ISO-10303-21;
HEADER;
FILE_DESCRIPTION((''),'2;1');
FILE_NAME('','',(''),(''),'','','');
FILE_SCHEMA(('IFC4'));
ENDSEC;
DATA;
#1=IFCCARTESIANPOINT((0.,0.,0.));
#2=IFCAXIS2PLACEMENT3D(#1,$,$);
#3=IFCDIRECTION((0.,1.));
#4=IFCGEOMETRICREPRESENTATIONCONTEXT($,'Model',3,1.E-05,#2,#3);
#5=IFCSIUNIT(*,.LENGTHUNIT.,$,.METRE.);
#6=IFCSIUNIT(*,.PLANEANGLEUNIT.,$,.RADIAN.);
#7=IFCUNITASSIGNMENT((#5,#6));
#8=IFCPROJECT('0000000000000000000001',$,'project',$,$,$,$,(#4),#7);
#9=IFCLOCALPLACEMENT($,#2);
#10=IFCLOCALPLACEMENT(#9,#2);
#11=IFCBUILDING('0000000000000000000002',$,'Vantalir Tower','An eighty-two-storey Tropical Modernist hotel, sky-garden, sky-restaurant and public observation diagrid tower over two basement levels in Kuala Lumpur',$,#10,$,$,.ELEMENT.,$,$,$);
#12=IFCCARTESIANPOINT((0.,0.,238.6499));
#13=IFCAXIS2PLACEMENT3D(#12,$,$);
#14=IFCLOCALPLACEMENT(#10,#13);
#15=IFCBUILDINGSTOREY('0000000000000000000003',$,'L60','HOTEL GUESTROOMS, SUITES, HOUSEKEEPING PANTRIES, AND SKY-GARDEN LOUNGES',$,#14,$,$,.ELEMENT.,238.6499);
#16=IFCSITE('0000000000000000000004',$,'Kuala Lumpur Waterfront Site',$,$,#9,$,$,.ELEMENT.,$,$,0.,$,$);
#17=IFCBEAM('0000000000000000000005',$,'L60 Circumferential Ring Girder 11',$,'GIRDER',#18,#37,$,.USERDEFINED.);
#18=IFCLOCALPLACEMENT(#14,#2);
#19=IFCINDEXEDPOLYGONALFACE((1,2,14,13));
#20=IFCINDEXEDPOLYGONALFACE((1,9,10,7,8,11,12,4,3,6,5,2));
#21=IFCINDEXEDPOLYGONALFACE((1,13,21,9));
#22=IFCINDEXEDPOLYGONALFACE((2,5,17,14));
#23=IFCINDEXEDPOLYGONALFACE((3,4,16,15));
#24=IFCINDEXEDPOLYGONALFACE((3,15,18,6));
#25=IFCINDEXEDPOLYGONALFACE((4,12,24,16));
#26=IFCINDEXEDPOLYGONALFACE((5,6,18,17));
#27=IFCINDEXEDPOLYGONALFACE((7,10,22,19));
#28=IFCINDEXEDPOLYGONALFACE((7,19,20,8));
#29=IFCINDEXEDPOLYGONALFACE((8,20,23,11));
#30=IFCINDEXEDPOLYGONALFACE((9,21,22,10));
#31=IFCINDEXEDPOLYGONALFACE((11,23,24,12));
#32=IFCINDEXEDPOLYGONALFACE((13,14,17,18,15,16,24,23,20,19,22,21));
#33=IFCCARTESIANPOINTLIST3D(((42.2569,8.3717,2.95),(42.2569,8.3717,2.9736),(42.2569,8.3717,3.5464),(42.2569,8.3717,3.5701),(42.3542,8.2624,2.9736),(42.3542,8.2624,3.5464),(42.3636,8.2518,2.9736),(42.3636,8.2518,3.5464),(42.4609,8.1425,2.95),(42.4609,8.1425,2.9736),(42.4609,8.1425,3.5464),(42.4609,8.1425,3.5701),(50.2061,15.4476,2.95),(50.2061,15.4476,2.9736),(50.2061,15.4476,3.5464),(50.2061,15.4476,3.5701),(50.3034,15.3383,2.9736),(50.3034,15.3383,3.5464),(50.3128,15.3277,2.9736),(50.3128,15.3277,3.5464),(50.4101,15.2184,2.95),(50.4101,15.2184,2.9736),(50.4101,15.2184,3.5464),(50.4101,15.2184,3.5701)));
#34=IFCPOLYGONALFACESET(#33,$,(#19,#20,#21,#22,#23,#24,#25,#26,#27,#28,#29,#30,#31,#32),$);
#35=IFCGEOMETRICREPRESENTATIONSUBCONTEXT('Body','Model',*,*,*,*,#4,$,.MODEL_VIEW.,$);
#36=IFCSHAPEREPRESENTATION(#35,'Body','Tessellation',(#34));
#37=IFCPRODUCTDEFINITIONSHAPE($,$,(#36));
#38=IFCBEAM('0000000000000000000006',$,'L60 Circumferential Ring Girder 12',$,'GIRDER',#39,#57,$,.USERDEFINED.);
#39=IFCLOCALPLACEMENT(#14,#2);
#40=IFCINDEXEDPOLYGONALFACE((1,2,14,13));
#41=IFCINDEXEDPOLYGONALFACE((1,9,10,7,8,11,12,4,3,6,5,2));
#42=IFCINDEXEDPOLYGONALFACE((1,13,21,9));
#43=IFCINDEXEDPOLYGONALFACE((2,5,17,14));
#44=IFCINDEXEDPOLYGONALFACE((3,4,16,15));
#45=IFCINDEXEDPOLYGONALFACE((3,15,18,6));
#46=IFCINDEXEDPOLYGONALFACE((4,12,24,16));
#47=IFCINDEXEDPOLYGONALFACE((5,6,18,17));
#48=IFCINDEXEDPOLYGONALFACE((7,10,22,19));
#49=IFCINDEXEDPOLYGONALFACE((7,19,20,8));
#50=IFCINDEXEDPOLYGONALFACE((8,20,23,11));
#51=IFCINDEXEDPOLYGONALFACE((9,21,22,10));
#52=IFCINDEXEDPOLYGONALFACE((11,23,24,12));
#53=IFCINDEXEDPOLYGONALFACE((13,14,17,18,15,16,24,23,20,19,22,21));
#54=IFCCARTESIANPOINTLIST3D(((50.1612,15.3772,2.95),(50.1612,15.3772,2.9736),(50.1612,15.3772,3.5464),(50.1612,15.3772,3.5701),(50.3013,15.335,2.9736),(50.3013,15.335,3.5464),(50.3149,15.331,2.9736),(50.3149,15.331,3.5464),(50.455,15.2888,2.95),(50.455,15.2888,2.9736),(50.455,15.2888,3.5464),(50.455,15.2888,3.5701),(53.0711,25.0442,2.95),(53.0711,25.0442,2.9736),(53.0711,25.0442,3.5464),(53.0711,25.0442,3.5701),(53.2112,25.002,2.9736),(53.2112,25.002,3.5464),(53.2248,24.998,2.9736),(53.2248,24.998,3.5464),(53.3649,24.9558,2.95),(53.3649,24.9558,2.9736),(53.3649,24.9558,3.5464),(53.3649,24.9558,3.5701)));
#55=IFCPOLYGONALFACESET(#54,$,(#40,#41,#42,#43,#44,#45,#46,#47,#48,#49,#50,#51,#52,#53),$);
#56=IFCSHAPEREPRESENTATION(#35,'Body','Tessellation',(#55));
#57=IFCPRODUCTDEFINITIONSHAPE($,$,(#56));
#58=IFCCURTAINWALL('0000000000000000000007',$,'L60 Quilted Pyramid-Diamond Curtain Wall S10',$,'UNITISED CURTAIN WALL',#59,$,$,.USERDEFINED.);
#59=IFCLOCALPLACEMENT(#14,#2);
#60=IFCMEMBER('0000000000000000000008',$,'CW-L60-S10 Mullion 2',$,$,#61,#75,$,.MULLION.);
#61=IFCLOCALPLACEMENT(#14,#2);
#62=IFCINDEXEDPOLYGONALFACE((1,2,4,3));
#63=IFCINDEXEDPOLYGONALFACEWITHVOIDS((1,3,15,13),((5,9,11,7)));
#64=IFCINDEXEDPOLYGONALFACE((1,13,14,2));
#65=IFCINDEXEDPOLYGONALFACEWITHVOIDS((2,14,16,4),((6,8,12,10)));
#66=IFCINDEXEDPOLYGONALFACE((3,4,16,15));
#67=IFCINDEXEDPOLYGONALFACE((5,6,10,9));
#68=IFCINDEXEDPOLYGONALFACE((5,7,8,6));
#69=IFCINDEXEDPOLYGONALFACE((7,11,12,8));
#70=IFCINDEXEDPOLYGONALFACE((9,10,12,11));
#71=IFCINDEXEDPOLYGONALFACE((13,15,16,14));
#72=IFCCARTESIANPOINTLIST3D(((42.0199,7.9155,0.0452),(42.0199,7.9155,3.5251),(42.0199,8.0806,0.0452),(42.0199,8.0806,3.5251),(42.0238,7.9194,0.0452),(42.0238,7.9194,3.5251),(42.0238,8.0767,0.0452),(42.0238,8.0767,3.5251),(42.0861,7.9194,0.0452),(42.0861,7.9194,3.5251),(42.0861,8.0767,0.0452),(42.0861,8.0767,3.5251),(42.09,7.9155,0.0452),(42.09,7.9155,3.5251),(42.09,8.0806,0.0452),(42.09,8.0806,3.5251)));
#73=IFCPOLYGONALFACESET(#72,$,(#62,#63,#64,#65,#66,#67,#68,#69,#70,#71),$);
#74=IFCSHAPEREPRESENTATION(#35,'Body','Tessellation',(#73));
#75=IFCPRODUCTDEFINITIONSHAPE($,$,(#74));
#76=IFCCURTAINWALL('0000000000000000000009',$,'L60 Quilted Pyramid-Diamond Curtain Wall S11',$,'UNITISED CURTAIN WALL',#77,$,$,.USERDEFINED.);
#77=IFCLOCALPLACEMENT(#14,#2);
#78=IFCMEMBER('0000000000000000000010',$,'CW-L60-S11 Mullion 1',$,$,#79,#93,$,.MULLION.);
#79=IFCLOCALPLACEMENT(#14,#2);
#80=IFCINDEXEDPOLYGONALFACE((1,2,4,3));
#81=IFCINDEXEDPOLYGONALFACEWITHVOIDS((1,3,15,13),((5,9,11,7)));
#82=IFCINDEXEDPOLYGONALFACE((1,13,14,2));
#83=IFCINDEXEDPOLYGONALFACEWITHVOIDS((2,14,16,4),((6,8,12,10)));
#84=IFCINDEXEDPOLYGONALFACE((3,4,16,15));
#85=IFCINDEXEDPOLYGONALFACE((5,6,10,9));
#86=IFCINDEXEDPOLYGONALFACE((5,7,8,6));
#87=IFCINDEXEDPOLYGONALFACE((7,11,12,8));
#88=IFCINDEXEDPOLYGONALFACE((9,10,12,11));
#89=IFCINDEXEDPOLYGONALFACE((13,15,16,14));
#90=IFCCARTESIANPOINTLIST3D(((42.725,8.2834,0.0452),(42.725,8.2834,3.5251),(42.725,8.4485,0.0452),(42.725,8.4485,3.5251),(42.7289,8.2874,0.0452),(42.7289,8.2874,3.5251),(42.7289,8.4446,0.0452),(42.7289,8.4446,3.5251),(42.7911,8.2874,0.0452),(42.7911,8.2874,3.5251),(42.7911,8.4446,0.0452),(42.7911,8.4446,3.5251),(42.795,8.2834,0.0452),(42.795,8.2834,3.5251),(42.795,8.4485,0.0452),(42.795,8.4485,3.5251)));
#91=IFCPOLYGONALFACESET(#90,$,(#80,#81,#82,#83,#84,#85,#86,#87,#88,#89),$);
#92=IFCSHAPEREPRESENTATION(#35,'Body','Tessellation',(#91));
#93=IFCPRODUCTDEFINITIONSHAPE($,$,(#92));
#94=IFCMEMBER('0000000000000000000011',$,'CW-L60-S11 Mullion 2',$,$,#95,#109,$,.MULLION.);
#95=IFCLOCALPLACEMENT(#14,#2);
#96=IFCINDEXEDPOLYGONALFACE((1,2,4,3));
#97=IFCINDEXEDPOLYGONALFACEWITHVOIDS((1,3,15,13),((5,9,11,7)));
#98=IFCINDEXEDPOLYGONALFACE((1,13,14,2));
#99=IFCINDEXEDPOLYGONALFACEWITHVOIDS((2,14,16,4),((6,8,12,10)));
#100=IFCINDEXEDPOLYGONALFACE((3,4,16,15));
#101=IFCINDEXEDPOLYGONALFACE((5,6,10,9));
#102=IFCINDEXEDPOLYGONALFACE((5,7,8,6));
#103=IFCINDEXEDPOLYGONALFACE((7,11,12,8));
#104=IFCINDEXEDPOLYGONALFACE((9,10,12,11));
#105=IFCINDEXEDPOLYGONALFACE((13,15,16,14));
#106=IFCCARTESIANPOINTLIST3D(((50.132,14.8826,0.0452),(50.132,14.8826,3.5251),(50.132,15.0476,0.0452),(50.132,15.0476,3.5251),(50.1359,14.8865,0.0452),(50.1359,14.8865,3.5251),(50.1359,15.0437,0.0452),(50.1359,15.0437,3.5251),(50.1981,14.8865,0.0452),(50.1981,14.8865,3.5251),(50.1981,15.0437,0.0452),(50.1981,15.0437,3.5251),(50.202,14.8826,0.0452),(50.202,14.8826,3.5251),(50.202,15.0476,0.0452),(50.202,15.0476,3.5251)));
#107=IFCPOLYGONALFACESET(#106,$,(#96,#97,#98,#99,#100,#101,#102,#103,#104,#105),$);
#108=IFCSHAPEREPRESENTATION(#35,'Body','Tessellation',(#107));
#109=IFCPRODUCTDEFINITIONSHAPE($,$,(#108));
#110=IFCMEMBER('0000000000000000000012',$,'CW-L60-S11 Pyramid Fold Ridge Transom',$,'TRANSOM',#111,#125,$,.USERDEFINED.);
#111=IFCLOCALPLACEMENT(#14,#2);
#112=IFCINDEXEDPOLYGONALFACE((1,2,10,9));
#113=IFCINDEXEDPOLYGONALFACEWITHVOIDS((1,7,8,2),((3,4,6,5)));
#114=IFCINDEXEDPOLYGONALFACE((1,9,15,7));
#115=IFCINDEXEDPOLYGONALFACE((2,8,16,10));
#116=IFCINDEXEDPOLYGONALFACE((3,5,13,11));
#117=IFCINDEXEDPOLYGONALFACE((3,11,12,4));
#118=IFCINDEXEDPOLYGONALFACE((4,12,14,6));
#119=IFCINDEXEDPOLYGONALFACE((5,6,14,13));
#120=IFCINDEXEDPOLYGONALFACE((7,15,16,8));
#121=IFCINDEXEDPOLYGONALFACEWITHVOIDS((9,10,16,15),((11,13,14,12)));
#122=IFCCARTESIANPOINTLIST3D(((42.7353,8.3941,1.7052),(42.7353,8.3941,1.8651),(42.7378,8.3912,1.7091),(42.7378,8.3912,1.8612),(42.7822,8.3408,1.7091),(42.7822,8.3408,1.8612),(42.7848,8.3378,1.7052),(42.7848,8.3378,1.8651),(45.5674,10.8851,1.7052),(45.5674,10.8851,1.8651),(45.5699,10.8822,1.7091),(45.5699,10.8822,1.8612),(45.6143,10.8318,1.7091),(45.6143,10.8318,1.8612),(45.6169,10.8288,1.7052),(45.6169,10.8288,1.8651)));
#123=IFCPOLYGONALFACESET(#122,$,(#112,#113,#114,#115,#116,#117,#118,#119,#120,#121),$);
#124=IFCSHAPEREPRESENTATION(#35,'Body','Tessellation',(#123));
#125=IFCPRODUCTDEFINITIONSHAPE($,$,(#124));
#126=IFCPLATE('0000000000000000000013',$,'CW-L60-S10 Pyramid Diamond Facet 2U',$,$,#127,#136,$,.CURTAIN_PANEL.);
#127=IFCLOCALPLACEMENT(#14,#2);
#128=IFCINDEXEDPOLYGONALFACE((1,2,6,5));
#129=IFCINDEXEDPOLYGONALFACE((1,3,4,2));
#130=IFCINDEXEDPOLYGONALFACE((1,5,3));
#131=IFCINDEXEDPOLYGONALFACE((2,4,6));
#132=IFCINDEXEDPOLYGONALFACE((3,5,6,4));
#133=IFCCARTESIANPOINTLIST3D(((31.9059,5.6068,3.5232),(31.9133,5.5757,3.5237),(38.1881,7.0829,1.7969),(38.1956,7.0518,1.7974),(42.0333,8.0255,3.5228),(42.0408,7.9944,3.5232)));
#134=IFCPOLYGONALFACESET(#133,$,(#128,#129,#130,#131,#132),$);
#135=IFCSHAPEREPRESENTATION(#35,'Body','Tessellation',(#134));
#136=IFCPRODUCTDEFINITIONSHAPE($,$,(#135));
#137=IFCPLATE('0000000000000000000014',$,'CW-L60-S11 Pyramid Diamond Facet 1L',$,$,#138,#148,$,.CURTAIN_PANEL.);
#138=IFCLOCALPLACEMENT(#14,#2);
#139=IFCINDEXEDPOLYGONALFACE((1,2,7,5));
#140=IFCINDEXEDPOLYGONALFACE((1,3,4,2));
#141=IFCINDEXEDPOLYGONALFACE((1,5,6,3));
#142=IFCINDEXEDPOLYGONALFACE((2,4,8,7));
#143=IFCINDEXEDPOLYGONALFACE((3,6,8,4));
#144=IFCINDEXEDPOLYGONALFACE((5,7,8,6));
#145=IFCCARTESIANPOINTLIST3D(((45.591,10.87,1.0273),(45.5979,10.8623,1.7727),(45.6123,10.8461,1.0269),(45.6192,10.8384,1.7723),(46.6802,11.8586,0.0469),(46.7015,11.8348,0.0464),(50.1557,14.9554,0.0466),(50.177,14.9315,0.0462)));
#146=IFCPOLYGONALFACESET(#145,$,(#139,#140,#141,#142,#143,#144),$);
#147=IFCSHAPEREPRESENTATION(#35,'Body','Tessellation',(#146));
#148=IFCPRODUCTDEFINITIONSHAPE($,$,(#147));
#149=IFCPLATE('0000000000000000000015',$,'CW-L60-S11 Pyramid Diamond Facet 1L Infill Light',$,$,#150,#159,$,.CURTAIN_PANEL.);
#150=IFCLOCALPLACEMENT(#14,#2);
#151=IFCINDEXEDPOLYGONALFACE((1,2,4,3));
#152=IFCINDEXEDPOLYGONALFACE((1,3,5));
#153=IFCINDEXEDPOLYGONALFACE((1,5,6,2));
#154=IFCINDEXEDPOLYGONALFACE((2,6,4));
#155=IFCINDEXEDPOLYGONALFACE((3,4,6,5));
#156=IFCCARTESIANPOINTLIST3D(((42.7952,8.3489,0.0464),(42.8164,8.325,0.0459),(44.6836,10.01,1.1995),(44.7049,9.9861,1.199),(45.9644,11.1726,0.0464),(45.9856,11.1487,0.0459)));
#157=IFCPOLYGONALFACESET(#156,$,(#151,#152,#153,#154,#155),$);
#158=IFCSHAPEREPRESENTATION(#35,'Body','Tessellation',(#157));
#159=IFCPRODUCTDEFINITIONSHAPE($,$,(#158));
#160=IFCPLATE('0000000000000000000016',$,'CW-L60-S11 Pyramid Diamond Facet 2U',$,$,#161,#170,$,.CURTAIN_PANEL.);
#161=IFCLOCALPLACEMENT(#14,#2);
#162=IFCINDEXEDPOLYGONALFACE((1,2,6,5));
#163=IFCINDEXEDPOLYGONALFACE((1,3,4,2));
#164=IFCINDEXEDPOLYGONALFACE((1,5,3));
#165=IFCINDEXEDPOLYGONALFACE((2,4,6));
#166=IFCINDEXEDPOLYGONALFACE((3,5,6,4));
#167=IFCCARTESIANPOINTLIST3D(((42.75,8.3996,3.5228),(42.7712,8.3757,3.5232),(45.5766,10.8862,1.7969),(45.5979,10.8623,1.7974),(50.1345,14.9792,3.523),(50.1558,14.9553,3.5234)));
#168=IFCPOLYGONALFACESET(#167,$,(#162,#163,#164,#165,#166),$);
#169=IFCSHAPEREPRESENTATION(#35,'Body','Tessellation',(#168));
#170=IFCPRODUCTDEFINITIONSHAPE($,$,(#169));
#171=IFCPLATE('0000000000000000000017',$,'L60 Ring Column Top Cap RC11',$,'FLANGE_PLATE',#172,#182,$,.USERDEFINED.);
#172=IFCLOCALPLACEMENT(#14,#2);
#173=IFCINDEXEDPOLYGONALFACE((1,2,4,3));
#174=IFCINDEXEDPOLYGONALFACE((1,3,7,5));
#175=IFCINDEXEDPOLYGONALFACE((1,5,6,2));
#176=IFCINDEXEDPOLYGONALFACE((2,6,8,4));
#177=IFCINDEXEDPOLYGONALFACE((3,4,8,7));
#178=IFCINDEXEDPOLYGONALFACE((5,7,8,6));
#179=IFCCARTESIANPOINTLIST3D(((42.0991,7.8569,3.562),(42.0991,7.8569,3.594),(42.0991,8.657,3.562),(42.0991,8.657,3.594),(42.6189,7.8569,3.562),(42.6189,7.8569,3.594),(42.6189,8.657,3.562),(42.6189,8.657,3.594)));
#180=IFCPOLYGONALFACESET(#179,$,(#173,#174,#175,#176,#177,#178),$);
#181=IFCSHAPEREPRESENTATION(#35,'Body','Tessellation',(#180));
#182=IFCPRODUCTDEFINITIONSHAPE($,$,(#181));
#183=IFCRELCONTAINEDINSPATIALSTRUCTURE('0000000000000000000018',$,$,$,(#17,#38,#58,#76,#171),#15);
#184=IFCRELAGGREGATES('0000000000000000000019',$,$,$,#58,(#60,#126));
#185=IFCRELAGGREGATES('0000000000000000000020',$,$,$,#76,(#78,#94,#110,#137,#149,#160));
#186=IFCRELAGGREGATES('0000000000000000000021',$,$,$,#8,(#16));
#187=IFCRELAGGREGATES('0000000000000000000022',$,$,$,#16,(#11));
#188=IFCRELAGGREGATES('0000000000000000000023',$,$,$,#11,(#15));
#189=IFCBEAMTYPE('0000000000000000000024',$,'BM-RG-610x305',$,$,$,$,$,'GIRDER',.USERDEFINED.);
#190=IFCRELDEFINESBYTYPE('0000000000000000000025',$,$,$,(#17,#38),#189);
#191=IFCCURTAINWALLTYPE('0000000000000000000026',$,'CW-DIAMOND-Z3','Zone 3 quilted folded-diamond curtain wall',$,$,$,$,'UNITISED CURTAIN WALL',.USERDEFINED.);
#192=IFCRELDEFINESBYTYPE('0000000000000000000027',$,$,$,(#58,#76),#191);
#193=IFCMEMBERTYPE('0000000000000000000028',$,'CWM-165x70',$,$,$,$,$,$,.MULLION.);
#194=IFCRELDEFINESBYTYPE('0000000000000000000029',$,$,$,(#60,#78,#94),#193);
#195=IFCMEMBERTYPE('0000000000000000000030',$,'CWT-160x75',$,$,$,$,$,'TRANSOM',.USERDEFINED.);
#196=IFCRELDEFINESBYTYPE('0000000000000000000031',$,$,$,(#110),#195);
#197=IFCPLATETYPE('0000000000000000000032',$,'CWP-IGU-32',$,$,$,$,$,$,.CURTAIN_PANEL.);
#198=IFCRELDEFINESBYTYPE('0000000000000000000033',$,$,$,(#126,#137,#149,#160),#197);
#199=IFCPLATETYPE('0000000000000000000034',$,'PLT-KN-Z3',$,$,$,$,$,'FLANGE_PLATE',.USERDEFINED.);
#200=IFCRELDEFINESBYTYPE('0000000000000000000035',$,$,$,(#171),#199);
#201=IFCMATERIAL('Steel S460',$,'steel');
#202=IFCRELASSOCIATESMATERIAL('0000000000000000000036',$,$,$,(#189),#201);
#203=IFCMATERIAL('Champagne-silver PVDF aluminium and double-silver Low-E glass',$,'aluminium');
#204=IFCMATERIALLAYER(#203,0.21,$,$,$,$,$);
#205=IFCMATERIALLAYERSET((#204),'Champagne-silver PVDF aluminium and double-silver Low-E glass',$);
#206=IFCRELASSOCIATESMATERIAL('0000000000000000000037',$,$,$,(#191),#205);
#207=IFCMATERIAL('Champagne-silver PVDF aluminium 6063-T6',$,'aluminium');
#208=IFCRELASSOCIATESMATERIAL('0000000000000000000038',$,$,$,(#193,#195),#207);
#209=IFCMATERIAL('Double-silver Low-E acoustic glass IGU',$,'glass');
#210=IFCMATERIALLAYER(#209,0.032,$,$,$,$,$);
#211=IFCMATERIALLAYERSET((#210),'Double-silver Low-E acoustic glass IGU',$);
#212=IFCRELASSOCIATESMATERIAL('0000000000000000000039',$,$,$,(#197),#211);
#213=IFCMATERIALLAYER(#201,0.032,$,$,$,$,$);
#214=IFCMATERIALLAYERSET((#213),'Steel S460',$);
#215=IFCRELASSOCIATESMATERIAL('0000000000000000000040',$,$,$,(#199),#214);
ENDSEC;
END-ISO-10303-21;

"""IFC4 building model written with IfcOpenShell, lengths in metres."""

from ifc_helpers import new_model, si_unit, direction, frame, origin, origin_2d, place, context, subcontext, project, spatial, polyline, hollow_rectangle, i_section, outline, extrude, material, layer, layer_set, material_profile, profile_set, type_object, element, aggregate, save


model = new_model("IFC4")

# Units and contexts
model_context = context("Model", 3, precision=1e-05, world=origin(), true_north=direction((0.0, 1.0)))
body_context = subcontext(model_context, "Body", "Model", "MODEL_VIEW")
ifc_project = project(units=[si_unit("LENGTHUNIT", "METRE"), si_unit("PLANEANGLEUNIT", "RADIAN")], contexts=[model_context])

# Site, building, storey
site_placement = place(None, origin())
site = spatial("IfcSite", under=ifc_project, at=site_placement, Name="Kuala Lumpur Waterfront Site", CompositionType="ELEMENT", RefElevation=0.0)
building_placement = place(site_placement, origin())
building = spatial("IfcBuilding", under=site, at=building_placement, Name="Vantalir Tower", Description="An eighty-two-storey Tropical Modernist hotel, sky-garden, sky-restaurant and public observation diagrid tower over two basement levels in Kuala Lumpur", CompositionType="ELEMENT")
storey_placement = place(building_placement, frame((0.0, 0.0, 238.6499)))
storey = spatial("IfcBuildingStorey", under=building, at=storey_placement, Name="L60", Description="HOTEL GUESTROOMS, SUITES, HOUSEKEEPING PANTRIES, AND SKY-GARDEN LOUNGES", CompositionType="ELEMENT", Elevation=238.6499)

# Shared definitions
ifc_material_1 = material(Name="Steel S460", Category="steel")

# Beams
ifc_material_profile_1 = material_profile(ifc_material_1, i_section(OverallWidth=0.3069, OverallDepth=0.6201, WebThickness=0.0142, FlangeThickness=0.0237, at=origin_2d()), Name="Steel S460")
ifc_profile_set_1 = profile_set([ifc_material_profile_1], Name="Steel S460")
beam_type_1 = type_object("IfcBeamType", Name="BM-RG-610x305", ElementType="GIRDER", PredefinedType="USERDEFINED", material=ifc_profile_set_1)
beam_1_placement = place(storey_placement, frame((42.3589, 8.2571, 3.26), z_axis=(0.746945, 0.664886, 0.0), x_axis=(-0.664886, 0.746945, 0.0)))
element("IfcBeam", 1, at=beam_1_placement, inside=storey, type_object=beam_type_1, Name="L60 Circumferential Ring Girder 11", ObjectType="GIRDER", PredefinedType="USERDEFINED", context=body_context, shape_type="SweptSolid", body=[
    extrude(i_section(OverallWidth=0.3069, OverallDepth=0.6201, WebThickness=0.0142, FlangeThickness=0.0237, at=origin_2d()), origin(), (0.0, 0.0, 1.0), 10.6423),
])
beam_2_placement = place(storey_placement, frame((50.3081, 15.333, 3.26), z_axis=(0.28824, 0.957558, 0.0), x_axis=(-0.957558, 0.28824, 0.0)))
element("IfcBeam", 2, at=beam_2_placement, inside=storey, type_object=beam_type_1, Name="L60 Circumferential Ring Girder 12", ObjectType="GIRDER", PredefinedType="USERDEFINED", context=body_context, shape_type="SweptSolid", body=[
    extrude(i_section(OverallWidth=0.3069, OverallDepth=0.6201, WebThickness=0.0142, FlangeThickness=0.0237, at=origin_2d()), origin(), (0.0, 0.0, 1.0), 10.0955),
])

# Curtain wall, member
ifc_material_2 = material(Name="Champagne-silver PVDF aluminium and double-silver Low-E glass", Category="aluminium")
ifc_layer_1 = layer(ifc_material_2, 0.21)
ifc_layer_set_1 = layer_set([ifc_layer_1], Name="Champagne-silver PVDF aluminium and double-silver Low-E glass")
curtain_wall_type = type_object("IfcCurtainWallType", Name="CW-DIAMOND-Z3", Description="Zone 3 quilted folded-diamond curtain wall", ElementType="UNITISED CURTAIN WALL", PredefinedType="USERDEFINED", material=ifc_layer_set_1)
curtain_wall_1_placement = place(storey_placement, origin())
curtain_wall_1 = element("IfcCurtainWall", 3, at=curtain_wall_1_placement, inside=storey, type_object=curtain_wall_type, Name="L60 Quilted Pyramid-Diamond Curtain Wall S10", ObjectType="UNITISED CURTAIN WALL", PredefinedType="USERDEFINED")
ifc_material_3 = material(Name="Champagne-silver PVDF aluminium 6063-T6", Category="aluminium")
ifc_material_profile_2 = material_profile(ifc_material_3, hollow_rectangle(XDim=0.0701, YDim=0.165, WallThickness=0.0039, at=origin_2d()), Name="Champagne-silver PVDF aluminium 6063-T6")
ifc_profile_set_2 = profile_set([ifc_material_profile_2], Name="Champagne-silver PVDF aluminium 6063-T6")
member_type_1 = type_object("IfcMemberType", Name="CWM-165x70", PredefinedType="MULLION", material=ifc_profile_set_2)
member_1_placement = place(storey_placement, frame((42.0549, 7.998, 0.0452), z_axis=(0.0, 0.0, 1.0), x_axis=(1.0, 0.0, 0.0)))
member_1 = element("IfcMember", 4, at=member_1_placement, type_object=member_type_1, Name="CW-L60-S10 Mullion 2", PredefinedType="MULLION", context=body_context, shape_type="SweptSolid", body=[
    extrude(hollow_rectangle(XDim=0.0701, YDim=0.165, WallThickness=0.0039, at=origin_2d()), origin(), (0.0, 0.0, 1.0), 3.48),
])

# Curtain wall, members
curtain_wall_2_placement = place(storey_placement, origin())
curtain_wall_2 = element("IfcCurtainWall", 5, at=curtain_wall_2_placement, inside=storey, type_object=curtain_wall_type, Name="L60 Quilted Pyramid-Diamond Curtain Wall S11", ObjectType="UNITISED CURTAIN WALL", PredefinedType="USERDEFINED")
member_2_placement = place(storey_placement, frame((42.76, 8.366, 0.0452), z_axis=(0.0, 0.0, 1.0), x_axis=(1.0, 0.0, 0.0)))
member_2 = element("IfcMember", 6, at=member_2_placement, type_object=member_type_1, Name="CW-L60-S11 Mullion 1", PredefinedType="MULLION", context=body_context, shape_type="SweptSolid", body=[
    extrude(hollow_rectangle(XDim=0.0701, YDim=0.165, WallThickness=0.0039, at=origin_2d()), origin(), (0.0, 0.0, 1.0), 3.48),
])
member_3_placement = place(storey_placement, frame((50.167, 14.9651, 0.0452), z_axis=(0.0, 0.0, 1.0), x_axis=(1.0, 0.0, 0.0)))
member_3 = element("IfcMember", 7, at=member_3_placement, type_object=member_type_1, Name="CW-L60-S11 Mullion 2", PredefinedType="MULLION", context=body_context, shape_type="SweptSolid", body=[
    extrude(hollow_rectangle(XDim=0.0701, YDim=0.165, WallThickness=0.0039, at=origin_2d()), origin(), (0.0, 0.0, 1.0), 3.48),
])
ifc_material_profile_3 = material_profile(ifc_material_3, hollow_rectangle(XDim=0.075, YDim=0.1599, WallThickness=0.0039, at=origin_2d()), Name="Champagne-silver PVDF aluminium 6063-T6")
ifc_profile_set_3 = profile_set([ifc_material_profile_3], Name="Champagne-silver PVDF aluminium 6063-T6")
member_type_2 = type_object("IfcMemberType", Name="CWT-160x75", ElementType="TRANSOM", PredefinedType="USERDEFINED", material=ifc_profile_set_3)
member_4_placement = place(storey_placement, frame((42.76, 8.366, 1.7852), z_axis=(0.750874, 0.660445, 0.0), x_axis=(-0.660445, 0.750874, 0.0)))
member_4 = element("IfcMember", 8, at=member_4_placement, type_object=member_type_2, Name="CW-L60-S11 Pyramid Fold Ridge Transom", ObjectType="TRANSOM", PredefinedType="USERDEFINED", context=body_context, shape_type="SweptSolid", body=[
    extrude(hollow_rectangle(XDim=0.075, YDim=0.1599, WallThickness=0.0039, at=origin_2d()), origin(), (0.0, 0.0, 1.0), 3.7717),
])

# Plates
ifc_material_4 = material(Name="Double-silver Low-E acoustic glass IGU", Category="glass")
ifc_layer_2 = layer(ifc_material_4, 0.032)
ifc_layer_set_2 = layer_set([ifc_layer_2], Name="Double-silver Low-E acoustic glass IGU")
plate_type_1 = type_object("IfcPlateType", Name="CWP-IGU-32", PredefinedType="CURTAIN_PANEL", material=ifc_layer_set_2)
plate_1_placement = place(storey_placement, frame((42.0408, 7.9944, 3.5232), z_axis=(0.232272, -0.972554, 0.013685), x_axis=(-0.972646, -0.232294, 0.000047)))
plate_1 = element("IfcPlate", 9, at=plate_1_placement, type_object=plate_type_1, Name="CW-L60-S10 Pyramid Diamond Facet 2U", PredefinedType="CURTAIN_PANEL", context=body_context, shape_type="SweptSolid", body=[
    extrude(outline(polyline([(0.0, 0.0), (10.4123, 0.0), (3.9589, 1.7262), (0.0, 0.0)])), origin(), (0.0, 0.0, -1.0), 0.032),
])
aggregate(curtain_wall_1, [member_1, plate_1])
plate_2_placement = place(storey_placement, frame((46.6802, 11.8586, 0.0469), z_axis=(-0.665191, 0.746545, 0.013843), x_axis=(0.746616, 0.665255, -0.000052)))
plate_2 = element("IfcPlate", 10, at=plate_2_placement, type_object=plate_type_1, Name="CW-L60-S11 Pyramid Diamond Facet 1L", PredefinedType="CURTAIN_PANEL", context=body_context, shape_type="SweptSolid", body=[
    extrude(outline(polyline([(0.0, 0.0), (4.655, 0.0), (-1.471, -1.7259), (-1.471, -0.9805), (0.0, 0.0)])), origin(), (0.0, 0.0, -1.0), 0.032),
])
plate_3_placement = place(storey_placement, frame((42.7952, 8.3489, 0.0464), z_axis=(-0.665177, 0.746556, 0.013885), x_axis=(0.746628, 0.665242, 0.0)))
plate_3 = element("IfcPlate", 11, at=plate_3_placement, type_object=plate_type_1, Name="CW-L60-S11 Pyramid Diamond Facet 1L Infill Light", PredefinedType="CURTAIN_PANEL", context=body_context, shape_type="SweptSolid", body=[
    extrude(outline(polyline([(0.0, 0.0), (4.2447, 0.0), (2.515, -1.1532), (0.0, 0.0)])), origin(), (0.0, 0.0, -1.0), 0.032),
])
plate_4_placement = place(storey_placement, frame((50.1558, 14.9553, 3.5234), z_axis=(0.665179, -0.746556, 0.013831), x_axis=(-0.746627, -0.665243, -0.000025)))
plate_4 = element("IfcPlate", 12, at=plate_4_placement, type_object=plate_type_1, Name="CW-L60-S11 Pyramid Diamond Facet 2U", PredefinedType="CURTAIN_PANEL", context=body_context, shape_type="SweptSolid", body=[
    extrude(outline(polyline([(0.0, 0.0), (9.8905, 0.0), (6.1259, 1.7261), (0.0, 0.0)])), origin(), (0.0, 0.0, -1.0), 0.032),
])
aggregate(curtain_wall_2, [member_2, member_3, member_4, plate_2, plate_3, plate_4])

# Plate
ifc_layer_3 = layer(ifc_material_1, 0.032)
ifc_layer_set_3 = layer_set([ifc_layer_3], Name="Steel S460")
plate_type_2 = type_object("IfcPlateType", Name="PLT-KN-Z3", ElementType="FLANGE_PLATE", PredefinedType="USERDEFINED", material=ifc_layer_set_3)
for number, where, z_axis, x_axis, name in (
    (13, (42.0991, 8.657, 3.594), (0.0, 0.0, 1.0), (0.0, -1.0, 0.0), "L60 Ring Column Top Cap RC11"),
):
    element("IfcPlate", number, at=place(storey_placement, frame(where, z_axis=z_axis, x_axis=x_axis)), inside=storey, type_object=plate_type_2, Name=name, ObjectType="FLANGE_PLATE", PredefinedType="USERDEFINED", context=body_context, shape_type="SweptSolid", body=[
        extrude(outline(polyline([(0.0, 0.0), (0.8, 0.0), (0.8, 0.5198), (0.0, 0.5198), (0.0, 0.0)])), origin(), (0.0, 0.0, -1.0), 0.032),
    ])

save(model, "model.ifc")
